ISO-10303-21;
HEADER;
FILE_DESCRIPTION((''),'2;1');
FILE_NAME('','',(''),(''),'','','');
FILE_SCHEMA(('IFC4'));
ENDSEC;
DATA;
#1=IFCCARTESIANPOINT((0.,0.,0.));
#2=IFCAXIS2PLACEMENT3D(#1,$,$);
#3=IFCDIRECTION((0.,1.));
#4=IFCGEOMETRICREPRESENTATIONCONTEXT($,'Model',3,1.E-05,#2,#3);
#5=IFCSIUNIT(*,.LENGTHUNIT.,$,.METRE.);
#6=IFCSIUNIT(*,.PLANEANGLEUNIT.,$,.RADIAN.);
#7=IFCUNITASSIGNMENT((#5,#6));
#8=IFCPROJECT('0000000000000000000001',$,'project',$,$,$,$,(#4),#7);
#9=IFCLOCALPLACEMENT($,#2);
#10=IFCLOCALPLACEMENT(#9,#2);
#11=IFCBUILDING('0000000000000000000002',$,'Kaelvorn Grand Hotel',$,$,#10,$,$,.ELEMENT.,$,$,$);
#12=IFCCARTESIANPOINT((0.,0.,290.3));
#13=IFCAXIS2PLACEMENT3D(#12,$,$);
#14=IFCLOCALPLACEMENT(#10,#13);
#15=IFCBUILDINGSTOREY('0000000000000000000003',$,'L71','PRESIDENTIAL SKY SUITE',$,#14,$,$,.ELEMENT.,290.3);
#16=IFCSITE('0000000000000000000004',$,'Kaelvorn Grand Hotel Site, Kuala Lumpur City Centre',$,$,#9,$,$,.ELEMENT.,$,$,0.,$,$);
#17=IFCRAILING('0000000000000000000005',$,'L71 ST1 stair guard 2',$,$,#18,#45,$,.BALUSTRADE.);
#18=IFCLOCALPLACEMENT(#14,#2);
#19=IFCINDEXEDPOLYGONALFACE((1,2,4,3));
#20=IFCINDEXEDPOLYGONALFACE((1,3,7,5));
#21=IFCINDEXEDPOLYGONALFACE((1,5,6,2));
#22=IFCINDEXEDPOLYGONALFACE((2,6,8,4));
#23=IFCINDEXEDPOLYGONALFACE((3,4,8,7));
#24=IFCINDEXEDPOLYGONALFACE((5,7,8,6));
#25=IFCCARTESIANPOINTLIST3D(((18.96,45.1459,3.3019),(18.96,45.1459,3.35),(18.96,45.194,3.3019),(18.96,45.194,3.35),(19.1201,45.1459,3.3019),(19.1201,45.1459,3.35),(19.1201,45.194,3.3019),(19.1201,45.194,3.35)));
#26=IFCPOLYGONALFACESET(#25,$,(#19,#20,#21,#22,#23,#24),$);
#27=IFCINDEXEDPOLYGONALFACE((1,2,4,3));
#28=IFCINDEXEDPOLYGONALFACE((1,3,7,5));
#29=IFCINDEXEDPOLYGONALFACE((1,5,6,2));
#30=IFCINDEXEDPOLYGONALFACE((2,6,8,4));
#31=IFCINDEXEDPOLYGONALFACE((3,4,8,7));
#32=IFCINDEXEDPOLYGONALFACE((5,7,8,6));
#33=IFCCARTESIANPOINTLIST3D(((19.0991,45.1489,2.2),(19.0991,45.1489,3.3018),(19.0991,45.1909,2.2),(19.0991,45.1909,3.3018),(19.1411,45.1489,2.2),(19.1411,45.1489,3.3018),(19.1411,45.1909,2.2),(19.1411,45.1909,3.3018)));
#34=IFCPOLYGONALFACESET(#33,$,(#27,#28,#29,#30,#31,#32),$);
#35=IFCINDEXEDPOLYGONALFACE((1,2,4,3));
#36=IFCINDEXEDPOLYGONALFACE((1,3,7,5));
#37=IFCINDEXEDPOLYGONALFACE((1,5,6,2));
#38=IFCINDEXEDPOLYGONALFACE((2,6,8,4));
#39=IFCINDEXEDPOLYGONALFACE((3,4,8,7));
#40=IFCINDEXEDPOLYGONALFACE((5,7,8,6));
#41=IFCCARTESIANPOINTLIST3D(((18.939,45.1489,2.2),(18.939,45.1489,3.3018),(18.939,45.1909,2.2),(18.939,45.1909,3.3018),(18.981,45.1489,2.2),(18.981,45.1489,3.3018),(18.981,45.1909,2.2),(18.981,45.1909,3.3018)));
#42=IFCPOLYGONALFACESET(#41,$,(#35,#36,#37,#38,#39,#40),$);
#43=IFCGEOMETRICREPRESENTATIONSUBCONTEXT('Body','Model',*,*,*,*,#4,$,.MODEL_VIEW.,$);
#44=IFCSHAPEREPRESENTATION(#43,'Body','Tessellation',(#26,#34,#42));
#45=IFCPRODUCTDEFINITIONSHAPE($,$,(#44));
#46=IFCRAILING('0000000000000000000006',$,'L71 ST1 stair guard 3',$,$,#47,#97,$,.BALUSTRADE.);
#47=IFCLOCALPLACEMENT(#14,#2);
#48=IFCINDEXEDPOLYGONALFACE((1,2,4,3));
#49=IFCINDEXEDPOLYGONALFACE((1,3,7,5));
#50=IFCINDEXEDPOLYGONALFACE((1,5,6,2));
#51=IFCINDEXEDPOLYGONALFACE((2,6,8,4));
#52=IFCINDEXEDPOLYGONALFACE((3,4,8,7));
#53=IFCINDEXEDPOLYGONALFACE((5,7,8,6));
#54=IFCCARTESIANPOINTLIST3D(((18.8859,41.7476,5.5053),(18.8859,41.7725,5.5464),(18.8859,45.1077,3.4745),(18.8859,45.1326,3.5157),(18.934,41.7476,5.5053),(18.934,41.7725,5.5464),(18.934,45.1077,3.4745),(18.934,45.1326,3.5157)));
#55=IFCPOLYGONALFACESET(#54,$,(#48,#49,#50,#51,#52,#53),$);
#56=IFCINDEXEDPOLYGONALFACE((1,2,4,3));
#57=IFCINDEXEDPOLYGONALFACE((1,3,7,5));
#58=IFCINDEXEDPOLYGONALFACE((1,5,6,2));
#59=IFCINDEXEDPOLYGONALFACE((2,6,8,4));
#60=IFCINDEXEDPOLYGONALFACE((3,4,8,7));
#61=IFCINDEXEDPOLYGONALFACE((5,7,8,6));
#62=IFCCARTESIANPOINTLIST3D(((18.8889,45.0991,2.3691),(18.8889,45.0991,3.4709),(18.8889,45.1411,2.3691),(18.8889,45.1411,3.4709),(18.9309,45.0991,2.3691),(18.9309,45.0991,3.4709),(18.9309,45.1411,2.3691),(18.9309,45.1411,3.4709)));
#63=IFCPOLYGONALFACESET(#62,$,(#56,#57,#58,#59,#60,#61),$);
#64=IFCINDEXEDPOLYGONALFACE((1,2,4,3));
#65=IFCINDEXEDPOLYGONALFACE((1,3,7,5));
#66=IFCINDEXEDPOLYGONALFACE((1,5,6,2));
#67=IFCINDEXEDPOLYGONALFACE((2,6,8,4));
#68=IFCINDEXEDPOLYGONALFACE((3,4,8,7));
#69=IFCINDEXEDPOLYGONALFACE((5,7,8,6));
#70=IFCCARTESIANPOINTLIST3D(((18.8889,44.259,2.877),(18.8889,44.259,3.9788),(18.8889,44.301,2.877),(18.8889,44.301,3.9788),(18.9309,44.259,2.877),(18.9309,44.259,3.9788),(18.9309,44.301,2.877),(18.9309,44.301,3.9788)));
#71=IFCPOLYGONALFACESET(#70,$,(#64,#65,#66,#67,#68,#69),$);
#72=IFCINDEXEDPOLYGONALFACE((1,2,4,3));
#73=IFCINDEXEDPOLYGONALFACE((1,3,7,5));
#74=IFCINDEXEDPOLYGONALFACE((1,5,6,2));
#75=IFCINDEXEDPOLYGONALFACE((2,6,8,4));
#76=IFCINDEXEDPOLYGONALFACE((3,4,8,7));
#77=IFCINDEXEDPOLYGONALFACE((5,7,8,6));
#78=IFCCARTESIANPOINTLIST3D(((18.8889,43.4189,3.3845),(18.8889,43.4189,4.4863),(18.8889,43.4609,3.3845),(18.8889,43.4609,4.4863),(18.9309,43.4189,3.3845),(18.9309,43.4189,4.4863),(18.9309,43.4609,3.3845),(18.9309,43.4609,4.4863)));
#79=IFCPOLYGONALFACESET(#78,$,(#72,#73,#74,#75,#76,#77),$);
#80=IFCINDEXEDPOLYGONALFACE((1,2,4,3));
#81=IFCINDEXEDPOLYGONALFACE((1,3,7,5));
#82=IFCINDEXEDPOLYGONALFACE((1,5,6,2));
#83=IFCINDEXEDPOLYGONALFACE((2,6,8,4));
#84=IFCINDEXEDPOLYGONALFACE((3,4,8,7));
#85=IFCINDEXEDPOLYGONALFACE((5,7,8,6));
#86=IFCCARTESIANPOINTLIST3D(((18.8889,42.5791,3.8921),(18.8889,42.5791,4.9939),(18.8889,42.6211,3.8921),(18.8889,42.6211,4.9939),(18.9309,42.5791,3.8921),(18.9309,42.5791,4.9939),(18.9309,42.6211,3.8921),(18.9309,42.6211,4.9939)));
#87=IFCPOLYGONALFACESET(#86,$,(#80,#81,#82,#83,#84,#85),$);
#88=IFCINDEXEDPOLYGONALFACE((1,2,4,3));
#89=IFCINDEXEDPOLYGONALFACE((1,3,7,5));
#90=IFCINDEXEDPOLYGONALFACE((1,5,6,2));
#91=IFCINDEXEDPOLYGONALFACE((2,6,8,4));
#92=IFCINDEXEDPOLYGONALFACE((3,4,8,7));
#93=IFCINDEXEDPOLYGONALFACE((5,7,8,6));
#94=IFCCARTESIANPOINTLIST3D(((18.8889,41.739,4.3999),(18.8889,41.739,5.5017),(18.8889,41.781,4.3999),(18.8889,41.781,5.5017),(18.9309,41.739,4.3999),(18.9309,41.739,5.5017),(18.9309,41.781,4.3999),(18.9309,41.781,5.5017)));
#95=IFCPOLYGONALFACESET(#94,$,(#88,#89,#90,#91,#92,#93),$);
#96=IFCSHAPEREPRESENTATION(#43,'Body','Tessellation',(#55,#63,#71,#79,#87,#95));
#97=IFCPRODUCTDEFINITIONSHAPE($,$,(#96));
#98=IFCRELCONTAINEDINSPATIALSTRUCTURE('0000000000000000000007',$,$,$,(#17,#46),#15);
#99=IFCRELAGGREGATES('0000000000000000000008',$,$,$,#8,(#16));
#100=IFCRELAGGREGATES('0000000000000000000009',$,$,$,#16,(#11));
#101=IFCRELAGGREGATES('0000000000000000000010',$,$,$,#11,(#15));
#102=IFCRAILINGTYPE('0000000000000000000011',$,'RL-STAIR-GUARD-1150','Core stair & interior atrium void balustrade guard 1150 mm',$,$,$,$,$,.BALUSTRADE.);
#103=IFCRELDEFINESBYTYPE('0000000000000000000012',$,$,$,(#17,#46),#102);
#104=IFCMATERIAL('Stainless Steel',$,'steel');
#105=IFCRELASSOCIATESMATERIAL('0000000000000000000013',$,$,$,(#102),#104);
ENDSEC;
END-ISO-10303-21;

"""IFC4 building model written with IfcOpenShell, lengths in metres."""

from ifc_helpers import new_model, si_unit, direction, frame, origin, origin_2d, place, context, subcontext, project, spatial, rectangle, extrude, material, type_object, element, save


model = new_model("IFC4")

# Units and contexts
model_context = context("Model", 3, precision=1e-05, world=origin(), true_north=direction((0.0, 1.0)))
body_context = subcontext(model_context, "Body", "Model", "MODEL_VIEW")
ifc_project = project(units=[si_unit("LENGTHUNIT", "METRE"), si_unit("PLANEANGLEUNIT", "RADIAN")], contexts=[model_context])

# Site, building, storey
site_placement = place(None, origin())
site = spatial("IfcSite", under=ifc_project, at=site_placement, Name="Kaelvorn Grand Hotel Site, Kuala Lumpur City Centre", CompositionType="ELEMENT", RefElevation=0.0)
building_placement = place(site_placement, origin())
building = spatial("IfcBuilding", under=site, at=building_placement, Name="Kaelvorn Grand Hotel", CompositionType="ELEMENT")
storey_placement = place(building_placement, frame((0.0, 0.0, 290.3)))
storey = spatial("IfcBuildingStorey", under=building, at=storey_placement, Name="L71", Description="PRESIDENTIAL SKY SUITE", CompositionType="ELEMENT", Elevation=290.3)

# Railings
ifc_material_1 = material(Name="Stainless Steel", Category="steel")
railing_type_1 = type_object("IfcRailingType", Name="RL-STAIR-GUARD-1150", Description="Core stair & interior atrium void balustrade guard 1150 mm", PredefinedType="BALUSTRADE", material=ifc_material_1)
railing_1_placement = place(storey_placement, frame((19.1201, 45.1699, 2.2)))
element("IfcRailing", 1, at=railing_1_placement, inside=storey, type_object=railing_type_1, Name="L71 ST1 stair guard 2", PredefinedType="BALUSTRADE", context=body_context, shape_type="SweptSolid", body=[
    extrude(rectangle(XDim=0.0481, YDim=0.0481, at=origin_2d()), frame((0.0, 0.0, 1.126), z_axis=(-1.0, 0.0, 0.0), x_axis=(0.0, -1.0, 0.0)), (0.0, 0.0, 1.0), 0.1602),
    extrude(rectangle(XDim=0.042, YDim=0.042, at=origin_2d()), origin(), (0.0, 0.0, 1.0), 1.1018),
    extrude(rectangle(XDim=0.042, YDim=0.042, at=origin_2d()), frame((-0.1602, 0.0, 0.0)), (0.0, 0.0, 1.0), 1.1018),
])
railing_2_placement = place(storey_placement, frame((18.9099, 45.1201, 2.3691)))
element("IfcRailing", 2, at=railing_2_placement, inside=storey, type_object=railing_type_1, Name="L71 ST1 stair guard 3", PredefinedType="BALUSTRADE", context=body_context, shape_type="SweptSolid", body=[
    extrude(rectangle(XDim=0.0481, YDim=0.0481, at=origin_2d()), frame((0.0, 0.0, 1.126), z_axis=(0.0, -0.855837, 0.517246), x_axis=(1.0, 0.0, 0.0)), (0.0, 0.0, 1.0), 3.926),
    extrude(rectangle(XDim=0.042, YDim=0.042, at=origin_2d()), origin(), (0.0, 0.0, 1.0), 1.1018),
    extrude(rectangle(XDim=0.042, YDim=0.042, at=origin_2d()), frame((0.0, -0.8401, 0.5078)), (0.0, 0.0, 1.0), 1.1018),
    extrude(rectangle(XDim=0.042, YDim=0.042, at=origin_2d()), frame((0.0, -1.6802, 1.0154)), (0.0, 0.0, 1.0), 1.1018),
    extrude(rectangle(XDim=0.042, YDim=0.042, at=origin_2d()), frame((0.0, -2.52, 1.5229)), (0.0, 0.0, 1.0), 1.1018),
    extrude(rectangle(XDim=0.042, YDim=0.042, at=origin_2d()), frame((0.0, -3.3601, 2.0308)), (0.0, 0.0, 1.0), 1.1018),
])

save(model, "model.ifc")
